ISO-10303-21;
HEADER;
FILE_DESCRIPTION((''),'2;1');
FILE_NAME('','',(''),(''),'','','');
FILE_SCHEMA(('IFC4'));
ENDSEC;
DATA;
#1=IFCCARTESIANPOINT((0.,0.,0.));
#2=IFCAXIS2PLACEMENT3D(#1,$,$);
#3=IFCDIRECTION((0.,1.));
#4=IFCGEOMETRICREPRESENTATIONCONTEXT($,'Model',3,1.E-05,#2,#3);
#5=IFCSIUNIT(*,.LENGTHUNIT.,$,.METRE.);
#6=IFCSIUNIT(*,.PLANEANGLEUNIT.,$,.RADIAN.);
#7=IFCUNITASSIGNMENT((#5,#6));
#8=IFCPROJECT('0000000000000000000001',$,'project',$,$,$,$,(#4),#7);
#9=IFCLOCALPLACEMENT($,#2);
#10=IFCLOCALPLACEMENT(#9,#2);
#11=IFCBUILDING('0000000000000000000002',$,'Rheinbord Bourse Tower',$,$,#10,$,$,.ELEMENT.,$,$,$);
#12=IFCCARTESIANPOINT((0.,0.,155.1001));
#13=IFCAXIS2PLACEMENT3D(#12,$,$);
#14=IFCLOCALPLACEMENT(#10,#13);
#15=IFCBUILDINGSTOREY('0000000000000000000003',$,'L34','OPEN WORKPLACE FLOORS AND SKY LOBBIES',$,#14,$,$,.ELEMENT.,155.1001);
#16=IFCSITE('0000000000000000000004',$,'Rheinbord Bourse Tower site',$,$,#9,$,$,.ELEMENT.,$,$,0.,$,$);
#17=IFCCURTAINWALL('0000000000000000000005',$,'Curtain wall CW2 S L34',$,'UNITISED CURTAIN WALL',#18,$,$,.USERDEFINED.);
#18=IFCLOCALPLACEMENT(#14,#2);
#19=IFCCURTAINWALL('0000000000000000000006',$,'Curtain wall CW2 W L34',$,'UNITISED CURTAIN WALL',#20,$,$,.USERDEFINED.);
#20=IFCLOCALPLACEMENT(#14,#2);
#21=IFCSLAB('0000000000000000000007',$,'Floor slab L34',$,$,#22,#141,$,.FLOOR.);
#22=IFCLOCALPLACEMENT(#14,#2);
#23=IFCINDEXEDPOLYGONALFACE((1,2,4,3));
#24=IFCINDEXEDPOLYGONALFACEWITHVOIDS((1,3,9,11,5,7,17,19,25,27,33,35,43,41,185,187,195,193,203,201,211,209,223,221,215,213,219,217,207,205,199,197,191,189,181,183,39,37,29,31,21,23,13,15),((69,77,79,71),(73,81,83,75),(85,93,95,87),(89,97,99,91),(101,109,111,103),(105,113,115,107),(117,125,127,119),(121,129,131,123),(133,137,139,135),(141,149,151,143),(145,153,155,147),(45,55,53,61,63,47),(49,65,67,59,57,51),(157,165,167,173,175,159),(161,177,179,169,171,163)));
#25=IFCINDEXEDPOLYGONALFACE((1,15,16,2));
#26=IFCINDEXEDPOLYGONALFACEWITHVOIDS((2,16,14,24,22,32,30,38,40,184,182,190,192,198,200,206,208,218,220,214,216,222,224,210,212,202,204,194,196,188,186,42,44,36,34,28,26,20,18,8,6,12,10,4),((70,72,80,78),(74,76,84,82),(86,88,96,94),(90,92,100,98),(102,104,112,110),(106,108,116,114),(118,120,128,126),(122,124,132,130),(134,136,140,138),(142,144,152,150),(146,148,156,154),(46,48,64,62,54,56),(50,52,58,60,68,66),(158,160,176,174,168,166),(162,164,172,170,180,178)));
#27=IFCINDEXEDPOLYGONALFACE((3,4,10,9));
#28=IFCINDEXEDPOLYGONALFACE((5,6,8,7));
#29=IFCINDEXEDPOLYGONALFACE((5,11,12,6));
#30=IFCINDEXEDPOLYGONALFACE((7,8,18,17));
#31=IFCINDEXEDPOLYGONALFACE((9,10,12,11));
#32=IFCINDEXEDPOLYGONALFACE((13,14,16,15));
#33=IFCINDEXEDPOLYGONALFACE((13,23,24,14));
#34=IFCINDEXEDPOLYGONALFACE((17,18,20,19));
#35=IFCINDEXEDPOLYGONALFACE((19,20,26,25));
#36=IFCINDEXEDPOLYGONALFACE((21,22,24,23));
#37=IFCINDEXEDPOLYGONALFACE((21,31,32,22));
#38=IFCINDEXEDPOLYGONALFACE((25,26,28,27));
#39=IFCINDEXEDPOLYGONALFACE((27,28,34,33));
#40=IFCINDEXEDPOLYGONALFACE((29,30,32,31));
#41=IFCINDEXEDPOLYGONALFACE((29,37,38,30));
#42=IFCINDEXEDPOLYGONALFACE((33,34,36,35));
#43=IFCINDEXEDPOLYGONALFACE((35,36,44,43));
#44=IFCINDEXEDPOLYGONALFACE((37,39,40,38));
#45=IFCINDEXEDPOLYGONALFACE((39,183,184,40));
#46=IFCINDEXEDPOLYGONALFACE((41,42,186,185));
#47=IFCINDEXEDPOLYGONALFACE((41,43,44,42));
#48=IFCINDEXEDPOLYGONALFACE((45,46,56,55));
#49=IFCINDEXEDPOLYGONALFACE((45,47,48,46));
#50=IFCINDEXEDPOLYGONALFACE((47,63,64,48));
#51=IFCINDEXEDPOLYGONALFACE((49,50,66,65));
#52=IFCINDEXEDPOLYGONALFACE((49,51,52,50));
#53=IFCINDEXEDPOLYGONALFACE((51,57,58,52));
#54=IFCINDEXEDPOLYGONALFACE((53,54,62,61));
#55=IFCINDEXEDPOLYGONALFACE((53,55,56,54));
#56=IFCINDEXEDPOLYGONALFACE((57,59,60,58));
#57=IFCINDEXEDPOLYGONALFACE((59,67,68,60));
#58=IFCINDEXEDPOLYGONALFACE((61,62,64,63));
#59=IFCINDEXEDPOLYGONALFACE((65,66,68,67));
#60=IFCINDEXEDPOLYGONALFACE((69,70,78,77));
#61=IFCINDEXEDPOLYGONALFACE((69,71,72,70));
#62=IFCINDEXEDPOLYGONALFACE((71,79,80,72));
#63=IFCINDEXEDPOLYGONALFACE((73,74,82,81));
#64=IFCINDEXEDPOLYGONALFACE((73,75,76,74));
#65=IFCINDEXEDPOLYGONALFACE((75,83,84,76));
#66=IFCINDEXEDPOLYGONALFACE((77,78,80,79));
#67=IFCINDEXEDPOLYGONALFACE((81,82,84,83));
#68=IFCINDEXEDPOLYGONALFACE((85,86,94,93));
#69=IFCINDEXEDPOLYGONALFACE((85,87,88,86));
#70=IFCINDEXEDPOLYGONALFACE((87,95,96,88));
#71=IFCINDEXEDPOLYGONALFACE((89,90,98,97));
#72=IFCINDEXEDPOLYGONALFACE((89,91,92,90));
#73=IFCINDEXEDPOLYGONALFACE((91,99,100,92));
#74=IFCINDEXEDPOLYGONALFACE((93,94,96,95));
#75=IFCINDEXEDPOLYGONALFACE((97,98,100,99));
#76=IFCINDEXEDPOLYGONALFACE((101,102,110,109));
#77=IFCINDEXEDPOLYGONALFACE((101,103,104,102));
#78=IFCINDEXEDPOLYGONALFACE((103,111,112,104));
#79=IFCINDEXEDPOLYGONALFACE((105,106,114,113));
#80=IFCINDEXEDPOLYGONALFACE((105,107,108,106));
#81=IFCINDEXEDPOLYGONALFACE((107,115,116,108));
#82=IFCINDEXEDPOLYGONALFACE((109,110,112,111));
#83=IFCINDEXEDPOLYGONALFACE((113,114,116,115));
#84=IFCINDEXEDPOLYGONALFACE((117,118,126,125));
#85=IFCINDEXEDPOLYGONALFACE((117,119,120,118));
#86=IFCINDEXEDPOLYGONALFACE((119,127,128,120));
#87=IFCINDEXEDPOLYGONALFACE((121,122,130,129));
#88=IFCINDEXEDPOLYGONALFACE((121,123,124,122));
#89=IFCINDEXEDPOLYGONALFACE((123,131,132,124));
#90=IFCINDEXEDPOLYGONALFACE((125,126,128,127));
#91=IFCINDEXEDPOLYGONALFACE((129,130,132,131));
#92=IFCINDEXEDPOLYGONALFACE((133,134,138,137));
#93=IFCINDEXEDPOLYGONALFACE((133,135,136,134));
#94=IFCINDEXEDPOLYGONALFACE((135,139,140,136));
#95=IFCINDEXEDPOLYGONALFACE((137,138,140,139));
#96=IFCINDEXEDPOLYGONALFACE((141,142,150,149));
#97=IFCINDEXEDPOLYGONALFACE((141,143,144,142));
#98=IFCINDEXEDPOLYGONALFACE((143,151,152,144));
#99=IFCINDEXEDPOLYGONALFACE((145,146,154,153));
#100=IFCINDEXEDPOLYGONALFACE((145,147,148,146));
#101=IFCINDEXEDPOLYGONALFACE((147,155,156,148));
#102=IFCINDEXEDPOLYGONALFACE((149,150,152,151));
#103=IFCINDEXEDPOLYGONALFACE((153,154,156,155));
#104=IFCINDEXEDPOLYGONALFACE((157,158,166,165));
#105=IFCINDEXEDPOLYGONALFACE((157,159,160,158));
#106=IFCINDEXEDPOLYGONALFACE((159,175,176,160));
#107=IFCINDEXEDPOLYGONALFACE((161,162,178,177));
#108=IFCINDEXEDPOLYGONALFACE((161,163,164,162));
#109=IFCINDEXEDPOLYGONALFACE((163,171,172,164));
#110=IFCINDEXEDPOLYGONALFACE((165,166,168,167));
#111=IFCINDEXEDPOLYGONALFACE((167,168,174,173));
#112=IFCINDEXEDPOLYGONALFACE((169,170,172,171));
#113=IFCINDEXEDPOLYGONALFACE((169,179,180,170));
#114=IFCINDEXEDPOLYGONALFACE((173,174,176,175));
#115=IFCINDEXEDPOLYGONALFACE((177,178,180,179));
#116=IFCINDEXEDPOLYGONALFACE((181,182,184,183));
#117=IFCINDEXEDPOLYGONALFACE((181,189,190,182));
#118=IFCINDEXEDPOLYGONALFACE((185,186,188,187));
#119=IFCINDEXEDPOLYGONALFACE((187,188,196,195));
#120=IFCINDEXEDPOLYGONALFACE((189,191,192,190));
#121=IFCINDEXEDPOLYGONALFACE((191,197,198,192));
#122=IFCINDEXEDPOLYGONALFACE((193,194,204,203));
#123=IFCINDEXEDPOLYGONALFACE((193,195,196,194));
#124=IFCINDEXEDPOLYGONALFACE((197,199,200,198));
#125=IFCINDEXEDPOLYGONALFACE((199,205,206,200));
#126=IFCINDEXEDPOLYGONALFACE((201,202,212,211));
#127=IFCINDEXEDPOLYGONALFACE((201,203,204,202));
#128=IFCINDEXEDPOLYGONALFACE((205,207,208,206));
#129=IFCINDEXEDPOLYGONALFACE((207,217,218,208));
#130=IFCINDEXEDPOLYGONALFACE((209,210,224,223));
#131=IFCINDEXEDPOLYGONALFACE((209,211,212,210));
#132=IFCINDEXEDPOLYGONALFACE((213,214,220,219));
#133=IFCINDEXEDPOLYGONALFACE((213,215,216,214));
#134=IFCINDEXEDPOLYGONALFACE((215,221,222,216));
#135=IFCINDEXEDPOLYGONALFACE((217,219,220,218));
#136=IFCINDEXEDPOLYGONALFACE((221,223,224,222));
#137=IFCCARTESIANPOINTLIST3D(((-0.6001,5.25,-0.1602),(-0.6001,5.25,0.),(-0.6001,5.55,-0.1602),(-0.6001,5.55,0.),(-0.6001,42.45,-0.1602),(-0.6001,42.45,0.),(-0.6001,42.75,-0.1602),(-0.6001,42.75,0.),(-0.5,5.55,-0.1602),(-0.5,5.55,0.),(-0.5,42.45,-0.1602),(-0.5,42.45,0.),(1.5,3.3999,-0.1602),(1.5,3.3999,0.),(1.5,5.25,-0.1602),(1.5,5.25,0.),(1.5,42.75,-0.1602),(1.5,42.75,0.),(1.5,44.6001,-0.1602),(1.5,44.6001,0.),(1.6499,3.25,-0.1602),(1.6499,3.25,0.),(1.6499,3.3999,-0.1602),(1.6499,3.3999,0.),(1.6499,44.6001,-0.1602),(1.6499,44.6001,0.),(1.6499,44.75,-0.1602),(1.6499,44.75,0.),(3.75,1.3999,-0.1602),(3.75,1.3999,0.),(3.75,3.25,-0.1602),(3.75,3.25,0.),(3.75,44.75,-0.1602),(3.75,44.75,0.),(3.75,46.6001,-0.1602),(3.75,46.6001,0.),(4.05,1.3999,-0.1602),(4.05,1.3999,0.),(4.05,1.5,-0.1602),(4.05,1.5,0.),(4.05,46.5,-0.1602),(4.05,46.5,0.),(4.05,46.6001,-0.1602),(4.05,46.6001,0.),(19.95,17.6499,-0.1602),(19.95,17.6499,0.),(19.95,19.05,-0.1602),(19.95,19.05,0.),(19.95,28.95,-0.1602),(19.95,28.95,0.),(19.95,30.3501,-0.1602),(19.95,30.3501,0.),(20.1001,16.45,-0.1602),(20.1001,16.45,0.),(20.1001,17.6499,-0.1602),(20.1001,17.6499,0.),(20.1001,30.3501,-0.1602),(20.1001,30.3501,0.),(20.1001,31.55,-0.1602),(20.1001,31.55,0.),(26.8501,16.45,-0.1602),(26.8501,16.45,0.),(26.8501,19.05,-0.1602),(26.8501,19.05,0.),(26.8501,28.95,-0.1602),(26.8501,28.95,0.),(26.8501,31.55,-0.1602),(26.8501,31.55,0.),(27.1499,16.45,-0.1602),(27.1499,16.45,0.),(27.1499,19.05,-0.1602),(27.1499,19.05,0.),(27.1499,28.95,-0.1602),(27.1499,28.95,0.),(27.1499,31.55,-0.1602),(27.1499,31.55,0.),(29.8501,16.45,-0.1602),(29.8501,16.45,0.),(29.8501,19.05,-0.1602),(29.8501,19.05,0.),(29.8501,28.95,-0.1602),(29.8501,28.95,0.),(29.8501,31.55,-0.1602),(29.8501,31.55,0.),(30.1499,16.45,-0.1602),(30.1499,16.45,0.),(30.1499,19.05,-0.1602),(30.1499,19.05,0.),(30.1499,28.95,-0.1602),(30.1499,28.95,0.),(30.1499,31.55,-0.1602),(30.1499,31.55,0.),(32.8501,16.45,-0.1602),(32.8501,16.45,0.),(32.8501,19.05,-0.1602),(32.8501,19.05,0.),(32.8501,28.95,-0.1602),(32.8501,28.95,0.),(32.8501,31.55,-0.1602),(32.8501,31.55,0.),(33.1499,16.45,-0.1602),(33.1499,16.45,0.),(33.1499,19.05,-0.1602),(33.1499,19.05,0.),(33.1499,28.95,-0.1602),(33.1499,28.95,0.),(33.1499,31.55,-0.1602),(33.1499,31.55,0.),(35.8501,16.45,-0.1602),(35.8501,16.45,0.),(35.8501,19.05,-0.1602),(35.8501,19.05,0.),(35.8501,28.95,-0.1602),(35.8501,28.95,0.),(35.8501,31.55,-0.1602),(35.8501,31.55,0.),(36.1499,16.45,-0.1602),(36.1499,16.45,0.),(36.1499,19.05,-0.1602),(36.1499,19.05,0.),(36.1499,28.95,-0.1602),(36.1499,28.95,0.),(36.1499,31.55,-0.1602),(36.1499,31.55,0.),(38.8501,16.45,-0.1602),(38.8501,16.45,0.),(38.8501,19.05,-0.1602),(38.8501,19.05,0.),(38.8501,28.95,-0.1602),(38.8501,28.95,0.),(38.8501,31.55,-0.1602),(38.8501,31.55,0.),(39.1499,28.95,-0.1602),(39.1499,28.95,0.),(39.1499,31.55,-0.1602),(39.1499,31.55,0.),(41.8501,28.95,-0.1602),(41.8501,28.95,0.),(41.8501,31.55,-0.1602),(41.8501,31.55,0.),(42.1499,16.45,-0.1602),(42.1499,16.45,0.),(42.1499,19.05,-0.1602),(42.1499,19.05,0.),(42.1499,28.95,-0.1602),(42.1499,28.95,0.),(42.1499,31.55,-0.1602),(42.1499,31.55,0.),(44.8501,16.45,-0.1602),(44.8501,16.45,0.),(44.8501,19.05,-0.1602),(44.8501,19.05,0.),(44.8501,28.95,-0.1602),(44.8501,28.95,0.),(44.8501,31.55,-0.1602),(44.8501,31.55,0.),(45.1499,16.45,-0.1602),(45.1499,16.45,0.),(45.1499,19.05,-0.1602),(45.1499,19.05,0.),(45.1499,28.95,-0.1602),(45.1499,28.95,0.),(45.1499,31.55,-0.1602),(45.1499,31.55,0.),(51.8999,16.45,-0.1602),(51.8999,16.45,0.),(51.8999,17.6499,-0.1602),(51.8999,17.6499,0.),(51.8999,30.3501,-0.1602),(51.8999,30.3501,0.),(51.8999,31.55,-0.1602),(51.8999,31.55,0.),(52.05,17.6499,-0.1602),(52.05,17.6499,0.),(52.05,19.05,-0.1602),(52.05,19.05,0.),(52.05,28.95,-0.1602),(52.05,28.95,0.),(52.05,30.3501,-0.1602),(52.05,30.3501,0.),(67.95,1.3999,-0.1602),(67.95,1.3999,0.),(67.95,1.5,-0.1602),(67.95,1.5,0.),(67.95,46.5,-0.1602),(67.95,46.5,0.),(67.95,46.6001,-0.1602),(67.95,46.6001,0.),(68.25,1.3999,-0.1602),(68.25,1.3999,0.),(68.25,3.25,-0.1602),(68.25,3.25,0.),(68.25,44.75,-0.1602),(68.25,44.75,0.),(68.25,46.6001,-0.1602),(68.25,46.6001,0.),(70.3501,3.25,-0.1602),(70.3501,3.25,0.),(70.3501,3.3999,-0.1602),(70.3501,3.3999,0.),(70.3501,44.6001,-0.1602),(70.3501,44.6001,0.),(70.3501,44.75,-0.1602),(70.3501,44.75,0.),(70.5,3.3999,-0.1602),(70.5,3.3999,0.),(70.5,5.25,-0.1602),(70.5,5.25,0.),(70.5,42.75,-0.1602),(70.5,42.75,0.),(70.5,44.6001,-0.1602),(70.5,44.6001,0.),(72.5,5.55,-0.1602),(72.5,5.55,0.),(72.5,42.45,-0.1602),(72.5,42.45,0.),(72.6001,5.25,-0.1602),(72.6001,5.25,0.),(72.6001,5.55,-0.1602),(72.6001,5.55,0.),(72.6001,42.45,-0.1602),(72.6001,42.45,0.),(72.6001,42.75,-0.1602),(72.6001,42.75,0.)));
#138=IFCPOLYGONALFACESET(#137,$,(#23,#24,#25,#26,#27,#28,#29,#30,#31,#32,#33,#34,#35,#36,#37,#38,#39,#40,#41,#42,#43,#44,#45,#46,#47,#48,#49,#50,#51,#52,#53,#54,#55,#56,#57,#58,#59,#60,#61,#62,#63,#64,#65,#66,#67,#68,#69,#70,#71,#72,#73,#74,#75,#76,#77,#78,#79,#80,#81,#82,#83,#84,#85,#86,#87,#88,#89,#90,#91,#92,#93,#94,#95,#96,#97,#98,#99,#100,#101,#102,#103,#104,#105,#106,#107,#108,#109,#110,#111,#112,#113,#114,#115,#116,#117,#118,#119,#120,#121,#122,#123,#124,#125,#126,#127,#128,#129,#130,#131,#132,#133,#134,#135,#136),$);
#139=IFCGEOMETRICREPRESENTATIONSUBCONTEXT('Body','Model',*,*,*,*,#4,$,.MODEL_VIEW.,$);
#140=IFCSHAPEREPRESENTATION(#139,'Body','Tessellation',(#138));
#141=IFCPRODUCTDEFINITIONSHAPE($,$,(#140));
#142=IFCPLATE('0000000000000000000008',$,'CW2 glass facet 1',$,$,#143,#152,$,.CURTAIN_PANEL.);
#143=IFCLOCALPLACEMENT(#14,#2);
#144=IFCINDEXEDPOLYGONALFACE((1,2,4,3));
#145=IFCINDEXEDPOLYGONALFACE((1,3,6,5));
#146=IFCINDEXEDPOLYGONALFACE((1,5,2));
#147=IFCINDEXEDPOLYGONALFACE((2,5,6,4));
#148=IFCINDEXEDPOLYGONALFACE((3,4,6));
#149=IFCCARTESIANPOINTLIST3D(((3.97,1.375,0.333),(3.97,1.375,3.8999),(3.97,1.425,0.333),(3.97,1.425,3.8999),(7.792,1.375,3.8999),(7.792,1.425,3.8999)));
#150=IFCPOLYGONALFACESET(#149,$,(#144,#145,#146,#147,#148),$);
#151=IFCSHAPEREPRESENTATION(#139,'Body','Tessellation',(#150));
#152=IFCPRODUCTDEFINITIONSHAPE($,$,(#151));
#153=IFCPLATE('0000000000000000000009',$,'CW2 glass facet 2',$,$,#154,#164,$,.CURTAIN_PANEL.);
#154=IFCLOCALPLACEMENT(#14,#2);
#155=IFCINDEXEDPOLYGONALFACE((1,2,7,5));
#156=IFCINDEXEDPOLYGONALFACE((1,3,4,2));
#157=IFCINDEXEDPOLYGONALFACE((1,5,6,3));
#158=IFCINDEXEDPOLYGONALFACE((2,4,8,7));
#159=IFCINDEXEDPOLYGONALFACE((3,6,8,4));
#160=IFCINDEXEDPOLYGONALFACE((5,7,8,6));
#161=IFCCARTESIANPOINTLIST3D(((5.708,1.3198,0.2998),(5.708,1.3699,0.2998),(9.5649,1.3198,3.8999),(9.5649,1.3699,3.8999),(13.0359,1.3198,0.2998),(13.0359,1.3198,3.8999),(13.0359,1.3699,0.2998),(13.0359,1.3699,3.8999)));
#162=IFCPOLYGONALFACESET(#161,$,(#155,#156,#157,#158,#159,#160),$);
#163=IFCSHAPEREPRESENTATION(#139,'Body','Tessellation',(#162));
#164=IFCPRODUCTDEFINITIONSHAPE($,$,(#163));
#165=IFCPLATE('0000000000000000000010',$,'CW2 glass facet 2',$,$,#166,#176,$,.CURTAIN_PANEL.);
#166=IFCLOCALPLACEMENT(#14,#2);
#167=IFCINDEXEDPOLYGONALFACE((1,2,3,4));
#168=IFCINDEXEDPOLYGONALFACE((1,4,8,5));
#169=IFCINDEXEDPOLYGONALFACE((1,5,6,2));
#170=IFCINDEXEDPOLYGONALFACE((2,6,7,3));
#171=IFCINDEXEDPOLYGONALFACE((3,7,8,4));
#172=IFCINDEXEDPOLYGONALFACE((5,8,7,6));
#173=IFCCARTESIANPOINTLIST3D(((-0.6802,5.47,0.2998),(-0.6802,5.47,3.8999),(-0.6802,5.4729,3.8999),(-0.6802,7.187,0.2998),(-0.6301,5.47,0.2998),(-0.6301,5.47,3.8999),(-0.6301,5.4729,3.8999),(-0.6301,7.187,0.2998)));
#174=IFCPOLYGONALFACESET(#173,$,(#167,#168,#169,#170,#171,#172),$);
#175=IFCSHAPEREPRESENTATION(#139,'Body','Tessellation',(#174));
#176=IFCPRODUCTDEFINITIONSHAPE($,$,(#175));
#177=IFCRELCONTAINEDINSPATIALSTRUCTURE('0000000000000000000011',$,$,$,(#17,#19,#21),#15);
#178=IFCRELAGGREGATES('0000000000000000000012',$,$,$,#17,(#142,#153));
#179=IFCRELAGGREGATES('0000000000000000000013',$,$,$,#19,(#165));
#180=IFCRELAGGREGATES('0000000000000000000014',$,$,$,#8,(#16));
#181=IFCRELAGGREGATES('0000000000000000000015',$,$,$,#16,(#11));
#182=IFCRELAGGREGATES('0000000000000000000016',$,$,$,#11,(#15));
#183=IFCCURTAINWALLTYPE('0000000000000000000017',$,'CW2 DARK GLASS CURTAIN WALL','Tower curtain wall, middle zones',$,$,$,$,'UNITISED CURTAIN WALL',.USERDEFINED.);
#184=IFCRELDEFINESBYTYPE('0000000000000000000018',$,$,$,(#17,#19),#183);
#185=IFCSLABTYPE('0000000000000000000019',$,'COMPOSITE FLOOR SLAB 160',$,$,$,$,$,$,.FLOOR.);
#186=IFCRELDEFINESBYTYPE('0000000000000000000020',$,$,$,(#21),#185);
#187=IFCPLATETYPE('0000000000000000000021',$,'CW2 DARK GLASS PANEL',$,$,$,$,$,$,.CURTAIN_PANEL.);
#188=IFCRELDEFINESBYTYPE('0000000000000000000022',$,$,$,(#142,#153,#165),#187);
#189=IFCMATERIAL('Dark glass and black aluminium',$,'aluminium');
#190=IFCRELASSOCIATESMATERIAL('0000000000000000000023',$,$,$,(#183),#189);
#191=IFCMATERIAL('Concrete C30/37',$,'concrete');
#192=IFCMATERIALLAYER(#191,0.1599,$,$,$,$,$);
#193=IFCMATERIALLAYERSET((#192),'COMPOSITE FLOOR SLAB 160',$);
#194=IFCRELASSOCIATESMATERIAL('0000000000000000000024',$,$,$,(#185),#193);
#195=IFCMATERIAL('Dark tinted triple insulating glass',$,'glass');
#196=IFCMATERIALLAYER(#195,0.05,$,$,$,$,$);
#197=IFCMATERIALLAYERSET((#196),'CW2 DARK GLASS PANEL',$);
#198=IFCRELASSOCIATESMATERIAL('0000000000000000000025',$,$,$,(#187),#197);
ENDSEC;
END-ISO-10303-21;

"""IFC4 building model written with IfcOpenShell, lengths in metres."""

from ifc_helpers import new_model, si_unit, direction, frame, origin, place, context, subcontext, project, spatial, polyline, outline, extrude, material, layer, layer_set, type_object, element, aggregate, save


model = new_model("IFC4")

# Units and contexts
model_context = context("Model", 3, precision=1e-05, world=origin(), true_north=direction((0.0, 1.0)))
body_context = subcontext(model_context, "Body", "Model", "MODEL_VIEW")
ifc_project = project(units=[si_unit("LENGTHUNIT", "METRE"), si_unit("PLANEANGLEUNIT", "RADIAN")], contexts=[model_context])

# Site, building, storey
site_placement = place(None, origin())
site = spatial("IfcSite", under=ifc_project, at=site_placement, Name="Rheinbord Bourse Tower site", CompositionType="ELEMENT", RefElevation=0.0)
building_placement = place(site_placement, origin())
building = spatial("IfcBuilding", under=site, at=building_placement, Name="Rheinbord Bourse Tower", CompositionType="ELEMENT")
storey_placement = place(building_placement, frame((0.0, 0.0, 155.1001)))
storey = spatial("IfcBuildingStorey", under=building, at=storey_placement, Name="L34", Description="OPEN WORKPLACE FLOORS AND SKY LOBBIES", CompositionType="ELEMENT", Elevation=155.1001)

# Curtain wall
ifc_material_1 = material(Name="Dark glass and black aluminium", Category="aluminium")
curtain_wall_type = type_object("IfcCurtainWallType", Name="CW2 DARK GLASS CURTAIN WALL", Description="Tower curtain wall, middle zones", ElementType="UNITISED CURTAIN WALL", PredefinedType="USERDEFINED", material=ifc_material_1)
curtain_wall_1_placement = place(storey_placement, origin())
curtain_wall_1 = element("IfcCurtainWall", 1, at=curtain_wall_1_placement, inside=storey, type_object=curtain_wall_type, Name="Curtain wall CW2 S L34", ObjectType="UNITISED CURTAIN WALL", PredefinedType="USERDEFINED")

# Curtain wall
curtain_wall_2_placement = place(storey_placement, origin())
curtain_wall_2 = element("IfcCurtainWall", 2, at=curtain_wall_2_placement, inside=storey, type_object=curtain_wall_type, Name="Curtain wall CW2 W L34", ObjectType="UNITISED CURTAIN WALL", PredefinedType="USERDEFINED")

# Slab
ifc_material_2 = material(Name="Concrete C30/37", Category="concrete")
ifc_layer_1 = layer(ifc_material_2, 0.1599)
ifc_layer_set_1 = layer_set([ifc_layer_1], Name="COMPOSITE FLOOR SLAB 160")
slab_type_1 = type_object("IfcSlabType", Name="COMPOSITE FLOOR SLAB 160", PredefinedType="FLOOR", material=ifc_layer_set_1)
slab_1_placement = place(storey_placement, frame((0.0, 0.0, -0.1602)))
element("IfcSlab", 3, at=slab_1_placement, inside=storey, type_object=slab_type_1, Name="Floor slab L34", PredefinedType="FLOOR", context=body_context, shape_type="SweptSolid", body=[
    extrude(outline(polyline([(1.6499, 3.3999), (1.5, 3.3999), (1.5, 5.25), (-0.6001, 5.25), (-0.6001, 5.55), (-0.5, 5.55), (-0.5, 42.45), (-0.6001, 42.45), (-0.6001, 42.75), (1.5, 42.75), (1.5, 44.6001), (1.6499, 44.6001), (1.6499, 44.75), (3.75, 44.75), (3.75, 46.6001), (4.05, 46.6001), (4.05, 46.5), (67.95, 46.5), (67.95, 46.6001), (68.25, 46.6001), (68.25, 44.75), (70.3501, 44.75), (70.3501, 44.6001), (70.5, 44.6001), (70.5, 42.75), (72.6001, 42.75), (72.6001, 42.45), (72.5, 42.45), (72.5, 5.55), (72.6001, 5.55), (72.6001, 5.25), (70.5, 5.25), (70.5, 3.3999), (70.3501, 3.3999), (70.3501, 3.25), (68.25, 3.25), (68.25, 1.3999), (67.95, 1.3999), (67.95, 1.5), (4.05, 1.5), (4.05, 1.3999), (3.75, 1.3999), (3.75, 3.25), (1.6499, 3.25), (1.6499, 3.3999)]), holes=[polyline([(19.95, 19.05), (26.8501, 19.05), (26.8501, 16.45), (20.1001, 16.45), (20.1001, 17.6499), (19.95, 17.6499), (19.95, 19.05)]), polyline([(26.8501, 31.55), (26.8501, 28.95), (19.95, 28.95), (19.95, 30.3501), (20.1001, 30.3501), (20.1001, 31.55), (26.8501, 31.55)]), polyline([(45.1499, 16.45), (45.1499, 19.05), (52.05, 19.05), (52.05, 17.6499), (51.8999, 17.6499), (51.8999, 16.45), (45.1499, 16.45)]), polyline([(52.05, 28.95), (45.1499, 28.95), (45.1499, 31.55), (51.8999, 31.55), (51.8999, 30.3501), (52.05, 30.3501), (52.05, 28.95)]), polyline([(27.1499, 16.45), (27.1499, 19.05), (29.8501, 19.05), (29.8501, 16.45), (27.1499, 16.45)]), polyline([(27.1499, 28.95), (27.1499, 31.55), (29.8501, 31.55), (29.8501, 28.95), (27.1499, 28.95)]), polyline([(30.1499, 16.45), (30.1499, 19.05), (32.8501, 19.05), (32.8501, 16.45), (30.1499, 16.45)]), polyline([(30.1499, 28.95), (30.1499, 31.55), (32.8501, 31.55), (32.8501, 28.95), (30.1499, 28.95)]), polyline([(33.1499, 16.45), (33.1499, 19.05), (35.8501, 19.05), (35.8501, 16.45), (33.1499, 16.45)]), polyline([(33.1499, 28.95), (33.1499, 31.55), (35.8501, 31.55), (35.8501, 28.95), (33.1499, 28.95)]), polyline([(36.1499, 16.45), (36.1499, 19.05), (38.8501, 19.05), (38.8501, 16.45), (36.1499, 16.45)]), polyline([(36.1499, 28.95), (36.1499, 31.55), (38.8501, 31.55), (38.8501, 28.95), (36.1499, 28.95)]), polyline([(39.1499, 28.95), (39.1499, 31.55), (41.8501, 31.55), (41.8501, 28.95), (39.1499, 28.95)]), polyline([(42.1499, 16.45), (42.1499, 19.05), (44.8501, 19.05), (44.8501, 16.45), (42.1499, 16.45)]), polyline([(42.1499, 28.95), (42.1499, 31.55), (44.8501, 31.55), (44.8501, 28.95), (42.1499, 28.95)])]), origin(), (0.0, 0.0, 1.0), 0.1602),
])

# Plates
ifc_material_3 = material(Name="Dark tinted triple insulating glass", Category="glass")
ifc_layer_2 = layer(ifc_material_3, 0.05)
ifc_layer_set_2 = layer_set([ifc_layer_2], Name="CW2 DARK GLASS PANEL")
plate_type = type_object("IfcPlateType", Name="CW2 DARK GLASS PANEL", PredefinedType="CURTAIN_PANEL", material=ifc_layer_set_2)
plate_1_placement = place(storey_placement, frame((3.97, 1.375, 3.8999), z_axis=(0.0, 1.0, 0.0), x_axis=(1.0, 0.0, 0.0)))
plate_1 = element("IfcPlate", 4, at=plate_1_placement, type_object=plate_type, Name="CW2 glass facet 1", PredefinedType="CURTAIN_PANEL", context=body_context, shape_type="SweptSolid", body=[
    extrude(outline(polyline([(0.0, 0.0), (3.822, 0.0), (0.0, 3.5669), (0.0, 0.0)])), origin(), (0.0, 0.0, 1.0), 0.05),
])
plate_2_placement = place(storey_placement, frame((13.0359, 1.3198, 3.8999), z_axis=(0.0, 1.0, 0.0), x_axis=(0.0, 0.0, -1.0)))
plate_2 = element("IfcPlate", 5, at=plate_2_placement, type_object=plate_type, Name="CW2 glass facet 2", PredefinedType="CURTAIN_PANEL", context=body_context, shape_type="SweptSolid", body=[
    extrude(outline(polyline([(0.0, 0.0), (3.6001, 0.0), (3.6001, 7.3279), (0.0, 3.4709), (0.0, 0.0)])), origin(), (0.0, 0.0, 1.0), 0.05),
])
aggregate(curtain_wall_1, [plate_1, plate_2])
plate_3_placement = place(storey_placement, frame((-0.6802, 5.47, 3.8999), z_axis=(1.0, 0.0, 0.0), x_axis=(0.0, 0.0, -1.0)))
plate_3 = element("IfcPlate", 6, at=plate_3_placement, type_object=plate_type, Name="CW2 glass facet 2", PredefinedType="CURTAIN_PANEL", context=body_context, shape_type="SweptSolid", body=[
    extrude(outline(polyline([(0.0, 0.0), (3.6001, 0.0), (3.6001, 1.717), (0.0, 0.0029), (0.0, 0.0)])), origin(), (0.0, 0.0, 1.0), 0.05),
])
aggregate(curtain_wall_2, [plate_3])

save(model, "model.ifc")
